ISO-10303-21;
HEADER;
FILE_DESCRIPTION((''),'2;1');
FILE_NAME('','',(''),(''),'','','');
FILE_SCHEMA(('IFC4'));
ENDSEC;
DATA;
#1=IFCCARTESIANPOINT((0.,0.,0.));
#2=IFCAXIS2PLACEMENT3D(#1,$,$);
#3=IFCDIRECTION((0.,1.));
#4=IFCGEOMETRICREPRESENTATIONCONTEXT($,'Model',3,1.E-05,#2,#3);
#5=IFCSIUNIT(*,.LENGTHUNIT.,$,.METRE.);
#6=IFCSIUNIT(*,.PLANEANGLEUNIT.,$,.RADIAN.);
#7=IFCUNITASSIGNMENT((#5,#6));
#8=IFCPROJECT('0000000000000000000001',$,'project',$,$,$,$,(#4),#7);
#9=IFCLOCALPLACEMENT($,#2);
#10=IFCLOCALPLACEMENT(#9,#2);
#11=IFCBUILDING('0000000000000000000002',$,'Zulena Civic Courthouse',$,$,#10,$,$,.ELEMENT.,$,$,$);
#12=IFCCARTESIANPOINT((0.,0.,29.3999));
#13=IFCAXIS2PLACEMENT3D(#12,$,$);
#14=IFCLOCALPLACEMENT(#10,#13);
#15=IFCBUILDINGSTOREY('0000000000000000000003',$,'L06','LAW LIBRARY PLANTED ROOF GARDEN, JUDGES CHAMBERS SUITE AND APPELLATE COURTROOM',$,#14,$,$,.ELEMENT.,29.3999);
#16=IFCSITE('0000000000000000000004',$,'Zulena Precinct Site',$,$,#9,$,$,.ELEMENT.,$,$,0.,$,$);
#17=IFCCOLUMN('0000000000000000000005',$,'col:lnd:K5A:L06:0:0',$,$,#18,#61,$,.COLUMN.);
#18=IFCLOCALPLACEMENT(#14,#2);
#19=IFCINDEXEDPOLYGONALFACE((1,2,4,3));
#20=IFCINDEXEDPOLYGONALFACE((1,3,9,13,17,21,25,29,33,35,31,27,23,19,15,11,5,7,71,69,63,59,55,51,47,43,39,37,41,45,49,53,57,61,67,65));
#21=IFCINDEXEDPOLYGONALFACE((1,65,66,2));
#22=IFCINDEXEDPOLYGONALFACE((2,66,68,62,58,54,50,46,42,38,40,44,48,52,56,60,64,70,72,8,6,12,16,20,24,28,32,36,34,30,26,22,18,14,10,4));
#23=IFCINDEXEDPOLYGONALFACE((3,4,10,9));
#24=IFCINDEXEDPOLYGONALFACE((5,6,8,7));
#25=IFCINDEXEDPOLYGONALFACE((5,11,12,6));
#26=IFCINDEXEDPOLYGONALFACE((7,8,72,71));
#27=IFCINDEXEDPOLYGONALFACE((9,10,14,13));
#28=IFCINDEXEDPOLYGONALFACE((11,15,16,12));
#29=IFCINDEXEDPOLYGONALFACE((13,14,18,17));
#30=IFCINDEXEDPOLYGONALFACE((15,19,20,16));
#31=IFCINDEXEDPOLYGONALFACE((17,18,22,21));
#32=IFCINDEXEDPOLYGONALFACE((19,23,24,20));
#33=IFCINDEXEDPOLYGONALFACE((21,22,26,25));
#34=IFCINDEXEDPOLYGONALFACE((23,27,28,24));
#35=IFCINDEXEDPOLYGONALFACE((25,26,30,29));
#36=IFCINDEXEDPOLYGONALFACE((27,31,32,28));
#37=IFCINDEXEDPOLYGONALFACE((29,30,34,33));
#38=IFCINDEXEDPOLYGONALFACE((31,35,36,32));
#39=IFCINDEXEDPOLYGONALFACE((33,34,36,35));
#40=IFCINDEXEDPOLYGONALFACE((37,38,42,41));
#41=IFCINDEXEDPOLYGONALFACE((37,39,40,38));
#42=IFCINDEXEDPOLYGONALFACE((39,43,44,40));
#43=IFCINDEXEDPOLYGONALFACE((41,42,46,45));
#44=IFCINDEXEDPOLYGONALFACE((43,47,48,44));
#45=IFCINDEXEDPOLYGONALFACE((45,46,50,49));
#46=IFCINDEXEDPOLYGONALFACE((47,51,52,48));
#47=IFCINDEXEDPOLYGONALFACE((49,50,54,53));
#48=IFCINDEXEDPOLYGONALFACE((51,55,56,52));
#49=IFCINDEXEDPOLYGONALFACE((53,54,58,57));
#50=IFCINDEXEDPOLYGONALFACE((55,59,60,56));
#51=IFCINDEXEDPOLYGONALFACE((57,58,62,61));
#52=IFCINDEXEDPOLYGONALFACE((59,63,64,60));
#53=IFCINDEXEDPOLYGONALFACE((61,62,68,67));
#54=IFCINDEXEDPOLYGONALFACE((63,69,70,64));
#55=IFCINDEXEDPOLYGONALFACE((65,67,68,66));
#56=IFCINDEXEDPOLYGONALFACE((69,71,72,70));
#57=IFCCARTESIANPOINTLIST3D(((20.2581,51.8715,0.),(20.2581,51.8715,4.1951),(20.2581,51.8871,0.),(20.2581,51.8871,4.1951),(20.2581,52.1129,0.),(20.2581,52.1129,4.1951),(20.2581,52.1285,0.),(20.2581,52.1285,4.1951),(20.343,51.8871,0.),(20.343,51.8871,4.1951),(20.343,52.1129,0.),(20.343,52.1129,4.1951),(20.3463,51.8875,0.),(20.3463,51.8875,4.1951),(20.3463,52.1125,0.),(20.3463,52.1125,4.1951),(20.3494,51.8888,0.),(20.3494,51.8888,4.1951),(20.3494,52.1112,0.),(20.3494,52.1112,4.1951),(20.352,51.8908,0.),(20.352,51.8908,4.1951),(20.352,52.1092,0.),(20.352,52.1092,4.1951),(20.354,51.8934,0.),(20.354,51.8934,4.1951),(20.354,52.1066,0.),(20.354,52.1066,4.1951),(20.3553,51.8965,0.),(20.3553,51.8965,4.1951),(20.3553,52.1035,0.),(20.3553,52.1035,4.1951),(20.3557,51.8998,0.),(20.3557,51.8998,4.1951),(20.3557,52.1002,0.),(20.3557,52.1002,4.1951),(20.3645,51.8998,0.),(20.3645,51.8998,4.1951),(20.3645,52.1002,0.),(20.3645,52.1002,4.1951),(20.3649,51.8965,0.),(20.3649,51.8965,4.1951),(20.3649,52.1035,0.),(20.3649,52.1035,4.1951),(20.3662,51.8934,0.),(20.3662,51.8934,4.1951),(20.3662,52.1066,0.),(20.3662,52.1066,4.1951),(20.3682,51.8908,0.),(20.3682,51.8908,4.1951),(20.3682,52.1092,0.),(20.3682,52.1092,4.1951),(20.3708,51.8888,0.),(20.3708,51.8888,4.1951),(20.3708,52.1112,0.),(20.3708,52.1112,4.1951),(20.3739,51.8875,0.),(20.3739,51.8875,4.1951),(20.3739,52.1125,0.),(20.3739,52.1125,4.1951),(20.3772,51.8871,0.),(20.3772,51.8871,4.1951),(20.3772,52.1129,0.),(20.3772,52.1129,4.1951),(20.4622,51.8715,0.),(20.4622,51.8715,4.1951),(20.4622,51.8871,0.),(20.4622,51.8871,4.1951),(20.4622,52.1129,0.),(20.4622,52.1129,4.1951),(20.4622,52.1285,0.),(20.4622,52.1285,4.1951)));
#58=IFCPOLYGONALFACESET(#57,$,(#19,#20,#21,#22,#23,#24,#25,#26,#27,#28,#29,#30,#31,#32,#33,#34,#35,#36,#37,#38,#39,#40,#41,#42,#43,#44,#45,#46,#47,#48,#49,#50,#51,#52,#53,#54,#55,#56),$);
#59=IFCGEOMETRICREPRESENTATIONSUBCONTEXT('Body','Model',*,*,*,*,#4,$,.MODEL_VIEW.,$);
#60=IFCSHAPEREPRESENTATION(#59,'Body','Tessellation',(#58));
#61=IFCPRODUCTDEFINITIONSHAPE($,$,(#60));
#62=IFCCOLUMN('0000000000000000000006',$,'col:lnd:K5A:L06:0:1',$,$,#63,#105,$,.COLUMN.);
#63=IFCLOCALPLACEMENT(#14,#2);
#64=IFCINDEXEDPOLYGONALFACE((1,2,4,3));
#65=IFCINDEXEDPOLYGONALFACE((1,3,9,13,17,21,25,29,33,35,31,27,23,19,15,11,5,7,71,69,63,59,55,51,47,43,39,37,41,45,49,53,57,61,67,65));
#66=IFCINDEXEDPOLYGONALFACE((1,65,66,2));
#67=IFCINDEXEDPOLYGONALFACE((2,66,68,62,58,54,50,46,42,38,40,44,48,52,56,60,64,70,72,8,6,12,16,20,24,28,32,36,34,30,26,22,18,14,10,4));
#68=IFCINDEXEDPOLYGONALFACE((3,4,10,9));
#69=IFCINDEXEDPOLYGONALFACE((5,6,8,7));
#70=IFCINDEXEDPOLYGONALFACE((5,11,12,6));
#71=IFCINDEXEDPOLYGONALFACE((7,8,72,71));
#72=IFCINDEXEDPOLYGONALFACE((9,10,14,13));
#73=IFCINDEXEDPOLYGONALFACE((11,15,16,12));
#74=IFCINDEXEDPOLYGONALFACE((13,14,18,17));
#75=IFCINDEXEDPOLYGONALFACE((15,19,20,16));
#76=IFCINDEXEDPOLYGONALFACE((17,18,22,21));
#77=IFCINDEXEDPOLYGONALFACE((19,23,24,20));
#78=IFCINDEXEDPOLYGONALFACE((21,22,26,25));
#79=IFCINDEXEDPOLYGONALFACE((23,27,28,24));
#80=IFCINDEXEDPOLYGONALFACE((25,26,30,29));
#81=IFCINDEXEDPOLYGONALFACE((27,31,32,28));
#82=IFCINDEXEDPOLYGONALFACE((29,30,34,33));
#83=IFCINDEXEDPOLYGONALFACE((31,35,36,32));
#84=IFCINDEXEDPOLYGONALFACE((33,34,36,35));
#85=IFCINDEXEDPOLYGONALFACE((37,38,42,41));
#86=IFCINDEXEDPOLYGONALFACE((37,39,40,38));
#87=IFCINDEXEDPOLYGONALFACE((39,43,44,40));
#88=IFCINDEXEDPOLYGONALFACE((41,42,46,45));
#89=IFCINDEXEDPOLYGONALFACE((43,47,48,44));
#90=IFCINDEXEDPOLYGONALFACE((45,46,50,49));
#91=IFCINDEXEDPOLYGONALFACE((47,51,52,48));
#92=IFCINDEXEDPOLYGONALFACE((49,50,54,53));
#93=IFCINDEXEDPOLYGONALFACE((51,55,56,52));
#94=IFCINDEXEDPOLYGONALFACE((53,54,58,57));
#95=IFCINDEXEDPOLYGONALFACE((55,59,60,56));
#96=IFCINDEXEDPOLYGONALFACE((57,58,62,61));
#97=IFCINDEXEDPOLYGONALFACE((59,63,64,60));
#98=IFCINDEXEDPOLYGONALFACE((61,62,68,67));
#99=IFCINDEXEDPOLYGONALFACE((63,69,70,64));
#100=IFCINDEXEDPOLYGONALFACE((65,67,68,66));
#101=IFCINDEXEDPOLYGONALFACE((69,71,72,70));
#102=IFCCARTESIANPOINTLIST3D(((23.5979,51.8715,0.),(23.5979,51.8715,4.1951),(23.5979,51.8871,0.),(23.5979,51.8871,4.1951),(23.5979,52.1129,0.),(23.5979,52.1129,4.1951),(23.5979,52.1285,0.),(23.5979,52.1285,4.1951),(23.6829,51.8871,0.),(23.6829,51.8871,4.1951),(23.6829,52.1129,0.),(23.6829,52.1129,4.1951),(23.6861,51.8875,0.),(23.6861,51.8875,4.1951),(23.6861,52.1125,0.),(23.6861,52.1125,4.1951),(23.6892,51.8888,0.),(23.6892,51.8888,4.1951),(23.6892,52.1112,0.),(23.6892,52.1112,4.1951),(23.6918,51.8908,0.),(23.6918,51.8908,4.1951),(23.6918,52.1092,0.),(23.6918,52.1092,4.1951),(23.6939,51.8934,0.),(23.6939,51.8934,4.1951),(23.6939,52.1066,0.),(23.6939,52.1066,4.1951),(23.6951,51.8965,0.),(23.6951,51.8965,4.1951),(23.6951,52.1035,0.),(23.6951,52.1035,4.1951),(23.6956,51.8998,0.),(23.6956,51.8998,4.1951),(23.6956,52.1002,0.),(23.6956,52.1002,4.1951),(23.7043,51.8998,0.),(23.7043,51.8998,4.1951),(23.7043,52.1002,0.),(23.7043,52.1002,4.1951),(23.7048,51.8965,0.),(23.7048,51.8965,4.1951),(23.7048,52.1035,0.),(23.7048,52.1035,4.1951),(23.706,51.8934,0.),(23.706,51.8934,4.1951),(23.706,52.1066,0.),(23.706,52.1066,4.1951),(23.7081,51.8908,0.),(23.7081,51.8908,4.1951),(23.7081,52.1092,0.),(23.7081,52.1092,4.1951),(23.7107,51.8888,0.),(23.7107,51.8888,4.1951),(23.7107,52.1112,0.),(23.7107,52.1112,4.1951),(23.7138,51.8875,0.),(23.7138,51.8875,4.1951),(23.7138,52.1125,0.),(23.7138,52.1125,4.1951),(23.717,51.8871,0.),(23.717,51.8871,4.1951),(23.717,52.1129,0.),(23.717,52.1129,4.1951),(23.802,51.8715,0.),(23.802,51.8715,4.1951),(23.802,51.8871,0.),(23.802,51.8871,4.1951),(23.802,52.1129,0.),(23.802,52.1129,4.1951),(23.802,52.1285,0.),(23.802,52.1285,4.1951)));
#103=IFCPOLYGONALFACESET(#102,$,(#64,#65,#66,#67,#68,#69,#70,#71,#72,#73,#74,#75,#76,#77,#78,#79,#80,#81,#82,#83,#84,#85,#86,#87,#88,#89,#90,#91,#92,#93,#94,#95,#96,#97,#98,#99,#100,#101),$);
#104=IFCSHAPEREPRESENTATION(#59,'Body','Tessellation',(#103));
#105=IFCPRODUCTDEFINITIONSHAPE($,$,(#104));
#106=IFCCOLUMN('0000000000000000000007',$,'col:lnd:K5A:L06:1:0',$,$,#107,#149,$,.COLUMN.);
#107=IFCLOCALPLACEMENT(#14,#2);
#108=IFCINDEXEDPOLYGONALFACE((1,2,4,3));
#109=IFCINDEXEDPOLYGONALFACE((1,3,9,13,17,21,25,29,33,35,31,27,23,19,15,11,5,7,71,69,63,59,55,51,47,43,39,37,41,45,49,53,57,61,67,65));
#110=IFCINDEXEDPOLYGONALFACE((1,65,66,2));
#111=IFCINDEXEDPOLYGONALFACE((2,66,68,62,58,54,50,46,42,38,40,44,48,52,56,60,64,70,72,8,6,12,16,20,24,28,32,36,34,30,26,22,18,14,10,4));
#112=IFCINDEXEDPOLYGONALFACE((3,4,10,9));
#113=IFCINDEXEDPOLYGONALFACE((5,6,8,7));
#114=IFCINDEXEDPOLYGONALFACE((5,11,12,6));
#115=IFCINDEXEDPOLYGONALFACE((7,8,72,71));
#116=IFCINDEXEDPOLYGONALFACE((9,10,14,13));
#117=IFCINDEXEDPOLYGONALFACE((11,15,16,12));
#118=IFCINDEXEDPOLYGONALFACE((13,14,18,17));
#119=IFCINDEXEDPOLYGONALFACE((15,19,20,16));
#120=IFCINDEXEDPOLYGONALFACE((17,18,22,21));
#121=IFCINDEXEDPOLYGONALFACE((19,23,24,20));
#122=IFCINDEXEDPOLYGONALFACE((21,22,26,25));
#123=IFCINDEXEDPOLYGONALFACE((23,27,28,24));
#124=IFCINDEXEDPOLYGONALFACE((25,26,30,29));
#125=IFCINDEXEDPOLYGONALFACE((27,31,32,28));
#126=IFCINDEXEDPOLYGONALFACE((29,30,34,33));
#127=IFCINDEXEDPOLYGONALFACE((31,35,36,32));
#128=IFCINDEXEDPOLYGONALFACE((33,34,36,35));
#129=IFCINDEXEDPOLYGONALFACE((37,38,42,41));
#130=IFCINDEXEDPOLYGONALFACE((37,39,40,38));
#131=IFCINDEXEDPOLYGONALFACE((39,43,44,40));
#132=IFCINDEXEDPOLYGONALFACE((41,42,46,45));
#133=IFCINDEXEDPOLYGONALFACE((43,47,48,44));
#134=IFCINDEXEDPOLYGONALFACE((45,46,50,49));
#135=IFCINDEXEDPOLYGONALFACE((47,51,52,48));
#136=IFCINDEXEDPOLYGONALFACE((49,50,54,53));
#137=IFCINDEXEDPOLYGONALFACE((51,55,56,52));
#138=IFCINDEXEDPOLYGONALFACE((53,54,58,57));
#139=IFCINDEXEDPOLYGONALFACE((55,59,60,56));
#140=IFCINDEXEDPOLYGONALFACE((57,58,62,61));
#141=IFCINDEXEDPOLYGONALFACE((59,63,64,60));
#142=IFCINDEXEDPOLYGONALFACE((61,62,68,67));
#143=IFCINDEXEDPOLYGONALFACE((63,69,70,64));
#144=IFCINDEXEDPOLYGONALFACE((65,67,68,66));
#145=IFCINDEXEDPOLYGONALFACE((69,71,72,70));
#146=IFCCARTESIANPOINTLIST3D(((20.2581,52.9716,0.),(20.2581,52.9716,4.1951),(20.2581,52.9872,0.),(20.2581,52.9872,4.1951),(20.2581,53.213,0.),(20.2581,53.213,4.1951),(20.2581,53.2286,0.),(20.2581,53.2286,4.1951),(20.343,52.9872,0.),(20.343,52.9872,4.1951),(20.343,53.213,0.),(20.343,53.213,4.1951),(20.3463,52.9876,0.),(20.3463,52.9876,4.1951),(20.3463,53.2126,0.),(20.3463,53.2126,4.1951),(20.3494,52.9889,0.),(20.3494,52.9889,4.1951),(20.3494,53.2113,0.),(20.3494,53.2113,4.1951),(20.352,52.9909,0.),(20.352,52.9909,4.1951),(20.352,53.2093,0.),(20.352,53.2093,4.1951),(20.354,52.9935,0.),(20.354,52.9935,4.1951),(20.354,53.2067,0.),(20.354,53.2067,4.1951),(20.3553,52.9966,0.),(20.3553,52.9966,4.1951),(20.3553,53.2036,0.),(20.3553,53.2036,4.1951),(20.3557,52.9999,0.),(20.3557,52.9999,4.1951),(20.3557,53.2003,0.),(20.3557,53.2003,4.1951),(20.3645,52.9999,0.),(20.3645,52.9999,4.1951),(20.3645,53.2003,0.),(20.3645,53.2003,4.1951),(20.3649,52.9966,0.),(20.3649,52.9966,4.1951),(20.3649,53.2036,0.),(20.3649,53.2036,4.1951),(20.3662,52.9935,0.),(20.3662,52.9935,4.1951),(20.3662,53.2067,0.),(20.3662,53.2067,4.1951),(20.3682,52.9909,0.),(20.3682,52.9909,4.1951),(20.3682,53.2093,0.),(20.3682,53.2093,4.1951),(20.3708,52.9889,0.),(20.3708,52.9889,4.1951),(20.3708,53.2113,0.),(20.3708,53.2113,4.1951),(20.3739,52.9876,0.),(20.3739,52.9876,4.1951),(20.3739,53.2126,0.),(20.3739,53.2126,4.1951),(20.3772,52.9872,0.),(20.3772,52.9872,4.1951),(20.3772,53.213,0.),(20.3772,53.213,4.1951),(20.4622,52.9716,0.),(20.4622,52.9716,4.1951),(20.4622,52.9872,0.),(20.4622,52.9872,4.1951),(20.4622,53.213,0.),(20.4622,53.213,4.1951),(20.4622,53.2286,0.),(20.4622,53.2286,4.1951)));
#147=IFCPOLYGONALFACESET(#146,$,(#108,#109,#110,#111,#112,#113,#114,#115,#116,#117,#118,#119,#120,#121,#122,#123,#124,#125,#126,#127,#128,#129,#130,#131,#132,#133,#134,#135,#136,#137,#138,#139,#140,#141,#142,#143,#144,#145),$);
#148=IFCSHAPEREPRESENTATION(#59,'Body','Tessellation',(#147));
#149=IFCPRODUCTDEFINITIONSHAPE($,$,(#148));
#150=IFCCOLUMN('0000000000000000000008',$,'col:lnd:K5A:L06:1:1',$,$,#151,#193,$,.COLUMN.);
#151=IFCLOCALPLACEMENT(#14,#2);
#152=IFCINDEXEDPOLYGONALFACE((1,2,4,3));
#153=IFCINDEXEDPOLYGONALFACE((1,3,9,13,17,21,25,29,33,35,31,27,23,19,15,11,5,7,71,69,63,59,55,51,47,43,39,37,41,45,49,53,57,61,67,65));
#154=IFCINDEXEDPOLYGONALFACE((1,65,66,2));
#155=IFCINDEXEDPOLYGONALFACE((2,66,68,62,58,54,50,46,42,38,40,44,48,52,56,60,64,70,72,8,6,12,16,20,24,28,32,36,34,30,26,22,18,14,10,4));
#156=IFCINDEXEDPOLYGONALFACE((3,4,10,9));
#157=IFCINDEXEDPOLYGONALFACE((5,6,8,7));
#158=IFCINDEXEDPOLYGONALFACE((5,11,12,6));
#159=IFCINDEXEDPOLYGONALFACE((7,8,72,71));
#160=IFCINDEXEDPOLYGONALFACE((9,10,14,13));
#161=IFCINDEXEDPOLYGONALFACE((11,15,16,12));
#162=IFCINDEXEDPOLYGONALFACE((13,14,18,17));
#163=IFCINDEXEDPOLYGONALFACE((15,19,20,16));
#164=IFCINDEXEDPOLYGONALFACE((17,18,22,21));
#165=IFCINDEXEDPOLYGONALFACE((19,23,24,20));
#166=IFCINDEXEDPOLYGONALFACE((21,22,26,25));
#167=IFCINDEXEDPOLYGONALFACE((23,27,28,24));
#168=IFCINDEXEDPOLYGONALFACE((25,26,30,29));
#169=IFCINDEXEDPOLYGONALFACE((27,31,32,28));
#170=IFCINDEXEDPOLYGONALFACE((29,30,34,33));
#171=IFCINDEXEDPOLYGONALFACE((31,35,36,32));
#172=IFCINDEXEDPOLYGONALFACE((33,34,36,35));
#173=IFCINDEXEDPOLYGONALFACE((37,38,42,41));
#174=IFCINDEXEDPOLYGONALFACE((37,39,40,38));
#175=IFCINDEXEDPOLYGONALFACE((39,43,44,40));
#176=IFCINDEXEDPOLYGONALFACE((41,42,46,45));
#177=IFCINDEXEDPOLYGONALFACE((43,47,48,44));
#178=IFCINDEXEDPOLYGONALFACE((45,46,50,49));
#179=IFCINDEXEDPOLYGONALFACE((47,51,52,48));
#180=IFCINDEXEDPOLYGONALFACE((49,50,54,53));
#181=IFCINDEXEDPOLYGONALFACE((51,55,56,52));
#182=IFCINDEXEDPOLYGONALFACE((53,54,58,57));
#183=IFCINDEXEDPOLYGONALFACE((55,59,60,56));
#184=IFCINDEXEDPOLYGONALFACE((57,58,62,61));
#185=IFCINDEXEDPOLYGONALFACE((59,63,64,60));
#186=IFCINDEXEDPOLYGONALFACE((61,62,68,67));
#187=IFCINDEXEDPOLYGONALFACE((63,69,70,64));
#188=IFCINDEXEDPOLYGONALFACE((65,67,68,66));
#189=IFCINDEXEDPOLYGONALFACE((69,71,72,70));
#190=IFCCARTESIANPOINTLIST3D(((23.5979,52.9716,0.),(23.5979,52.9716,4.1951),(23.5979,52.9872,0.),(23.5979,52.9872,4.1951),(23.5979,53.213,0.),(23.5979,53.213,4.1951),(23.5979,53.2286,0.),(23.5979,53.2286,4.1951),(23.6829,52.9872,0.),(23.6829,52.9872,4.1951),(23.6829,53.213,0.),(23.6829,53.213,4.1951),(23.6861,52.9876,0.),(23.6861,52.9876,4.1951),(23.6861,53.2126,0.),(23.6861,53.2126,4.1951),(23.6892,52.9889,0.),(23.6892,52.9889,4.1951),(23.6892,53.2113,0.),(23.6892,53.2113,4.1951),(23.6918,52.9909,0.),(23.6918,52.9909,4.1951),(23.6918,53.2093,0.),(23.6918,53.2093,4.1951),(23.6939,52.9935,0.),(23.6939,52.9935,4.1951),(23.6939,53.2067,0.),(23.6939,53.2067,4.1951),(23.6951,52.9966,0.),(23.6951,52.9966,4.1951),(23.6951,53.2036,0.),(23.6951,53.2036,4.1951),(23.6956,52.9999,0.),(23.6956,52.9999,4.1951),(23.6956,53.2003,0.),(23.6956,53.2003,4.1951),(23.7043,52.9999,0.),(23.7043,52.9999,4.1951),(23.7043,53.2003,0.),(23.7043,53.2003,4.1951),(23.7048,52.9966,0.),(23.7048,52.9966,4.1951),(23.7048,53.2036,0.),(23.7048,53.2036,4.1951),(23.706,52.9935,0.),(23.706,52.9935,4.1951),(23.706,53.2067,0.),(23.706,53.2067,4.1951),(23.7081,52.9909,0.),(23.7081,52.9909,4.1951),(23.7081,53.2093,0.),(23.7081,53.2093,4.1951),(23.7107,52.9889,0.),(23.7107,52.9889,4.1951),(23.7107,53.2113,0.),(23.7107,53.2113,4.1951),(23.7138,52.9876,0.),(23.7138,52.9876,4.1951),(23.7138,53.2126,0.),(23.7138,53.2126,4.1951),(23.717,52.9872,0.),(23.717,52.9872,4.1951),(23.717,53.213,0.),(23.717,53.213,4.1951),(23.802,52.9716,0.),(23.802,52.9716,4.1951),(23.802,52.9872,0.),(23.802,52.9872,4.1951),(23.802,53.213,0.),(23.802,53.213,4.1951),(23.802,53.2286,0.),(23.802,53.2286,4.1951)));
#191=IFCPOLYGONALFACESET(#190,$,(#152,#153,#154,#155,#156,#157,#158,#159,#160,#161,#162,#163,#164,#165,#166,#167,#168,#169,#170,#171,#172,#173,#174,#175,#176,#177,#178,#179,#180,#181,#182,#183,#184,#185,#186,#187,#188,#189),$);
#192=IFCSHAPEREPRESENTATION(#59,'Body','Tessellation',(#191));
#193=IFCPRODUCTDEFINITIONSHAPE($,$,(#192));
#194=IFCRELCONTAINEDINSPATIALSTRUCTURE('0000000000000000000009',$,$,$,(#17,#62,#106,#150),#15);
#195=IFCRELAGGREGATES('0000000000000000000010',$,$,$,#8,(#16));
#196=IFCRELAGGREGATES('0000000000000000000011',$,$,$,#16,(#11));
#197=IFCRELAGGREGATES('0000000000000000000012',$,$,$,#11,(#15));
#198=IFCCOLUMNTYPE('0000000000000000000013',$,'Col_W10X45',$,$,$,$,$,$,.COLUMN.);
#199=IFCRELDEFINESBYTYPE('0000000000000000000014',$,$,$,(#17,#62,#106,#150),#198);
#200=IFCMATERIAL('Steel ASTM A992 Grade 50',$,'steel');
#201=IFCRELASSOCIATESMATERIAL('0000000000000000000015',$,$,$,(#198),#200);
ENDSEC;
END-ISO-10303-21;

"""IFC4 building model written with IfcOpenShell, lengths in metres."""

from ifc_helpers import new_model, si_unit, direction, frame, origin, origin_2d, place, context, subcontext, project, spatial, i_section, extrude, material, material_profile, profile_set, type_object, element, save


model = new_model("IFC4")

# Units and contexts
model_context = context("Model", 3, precision=1e-05, world=origin(), true_north=direction((0.0, 1.0)))
body_context = subcontext(model_context, "Body", "Model", "MODEL_VIEW")
ifc_project = project(units=[si_unit("LENGTHUNIT", "METRE"), si_unit("PLANEANGLEUNIT", "RADIAN")], contexts=[model_context])

# Site, building, storey
site_placement = place(None, origin())
site = spatial("IfcSite", under=ifc_project, at=site_placement, Name="Zulena Precinct Site", CompositionType="ELEMENT", RefElevation=0.0)
building_placement = place(site_placement, origin())
building = spatial("IfcBuilding", under=site, at=building_placement, Name="Zulena Civic Courthouse", CompositionType="ELEMENT")
storey_placement = place(building_placement, frame((0.0, 0.0, 29.3999)))
storey = spatial("IfcBuildingStorey", under=building, at=storey_placement, Name="L06", Description="LAW LIBRARY PLANTED ROOF GARDEN, JUDGES CHAMBERS SUITE AND APPELLATE COURTROOM", CompositionType="ELEMENT", Elevation=29.3999)

# Columns
ifc_material_1 = material(Name="Steel ASTM A992 Grade 50", Category="steel")
ifc_material_profile_1 = material_profile(ifc_material_1, i_section(OverallWidth=0.2041, OverallDepth=0.2571, WebThickness=0.0088, FlangeThickness=0.0156, FilletRadius=0.0127, at=origin_2d()), Name="W10X45")
ifc_profile_set_1 = profile_set([ifc_material_profile_1], Name="Steel ASTM A992 Grade 50")
column_type_1 = type_object("IfcColumnType", Name="Col_W10X45", PredefinedType="COLUMN", material=ifc_profile_set_1)
for number, where, z_axis, x_axis, name in (
    (1, (20.3601, 52.0, 0.0), (0.0, 0.0, 1.0), (1.0, 0.0, 0.0), "col:lnd:K5A:L06:0:0"),
    (2, (23.7, 52.0, 0.0), (0.0, 0.0, 1.0), (1.0, 0.0, 0.0), "col:lnd:K5A:L06:0:1"),
    (3, (20.3601, 53.1001, 0.0), (0.0, 0.0, 1.0), (1.0, 0.0, 0.0), "col:lnd:K5A:L06:1:0"),
    (4, (23.7, 53.1001, 0.0), (0.0, 0.0, 1.0), (1.0, 0.0, 0.0), "col:lnd:K5A:L06:1:1"),
):
    element("IfcColumn", number, at=place(storey_placement, frame(where, z_axis=z_axis, x_axis=x_axis)), inside=storey, type_object=column_type_1, Name=name, PredefinedType="COLUMN", context=body_context, shape_type="SweptSolid", body=[
        extrude(i_section(OverallWidth=0.2041, OverallDepth=0.2571, WebThickness=0.0088, FlangeThickness=0.0156, FilletRadius=0.0127, at=origin_2d()), origin(), (0.0, 0.0, 1.0), 4.1951),
    ])

save(model, "model.ifc")
